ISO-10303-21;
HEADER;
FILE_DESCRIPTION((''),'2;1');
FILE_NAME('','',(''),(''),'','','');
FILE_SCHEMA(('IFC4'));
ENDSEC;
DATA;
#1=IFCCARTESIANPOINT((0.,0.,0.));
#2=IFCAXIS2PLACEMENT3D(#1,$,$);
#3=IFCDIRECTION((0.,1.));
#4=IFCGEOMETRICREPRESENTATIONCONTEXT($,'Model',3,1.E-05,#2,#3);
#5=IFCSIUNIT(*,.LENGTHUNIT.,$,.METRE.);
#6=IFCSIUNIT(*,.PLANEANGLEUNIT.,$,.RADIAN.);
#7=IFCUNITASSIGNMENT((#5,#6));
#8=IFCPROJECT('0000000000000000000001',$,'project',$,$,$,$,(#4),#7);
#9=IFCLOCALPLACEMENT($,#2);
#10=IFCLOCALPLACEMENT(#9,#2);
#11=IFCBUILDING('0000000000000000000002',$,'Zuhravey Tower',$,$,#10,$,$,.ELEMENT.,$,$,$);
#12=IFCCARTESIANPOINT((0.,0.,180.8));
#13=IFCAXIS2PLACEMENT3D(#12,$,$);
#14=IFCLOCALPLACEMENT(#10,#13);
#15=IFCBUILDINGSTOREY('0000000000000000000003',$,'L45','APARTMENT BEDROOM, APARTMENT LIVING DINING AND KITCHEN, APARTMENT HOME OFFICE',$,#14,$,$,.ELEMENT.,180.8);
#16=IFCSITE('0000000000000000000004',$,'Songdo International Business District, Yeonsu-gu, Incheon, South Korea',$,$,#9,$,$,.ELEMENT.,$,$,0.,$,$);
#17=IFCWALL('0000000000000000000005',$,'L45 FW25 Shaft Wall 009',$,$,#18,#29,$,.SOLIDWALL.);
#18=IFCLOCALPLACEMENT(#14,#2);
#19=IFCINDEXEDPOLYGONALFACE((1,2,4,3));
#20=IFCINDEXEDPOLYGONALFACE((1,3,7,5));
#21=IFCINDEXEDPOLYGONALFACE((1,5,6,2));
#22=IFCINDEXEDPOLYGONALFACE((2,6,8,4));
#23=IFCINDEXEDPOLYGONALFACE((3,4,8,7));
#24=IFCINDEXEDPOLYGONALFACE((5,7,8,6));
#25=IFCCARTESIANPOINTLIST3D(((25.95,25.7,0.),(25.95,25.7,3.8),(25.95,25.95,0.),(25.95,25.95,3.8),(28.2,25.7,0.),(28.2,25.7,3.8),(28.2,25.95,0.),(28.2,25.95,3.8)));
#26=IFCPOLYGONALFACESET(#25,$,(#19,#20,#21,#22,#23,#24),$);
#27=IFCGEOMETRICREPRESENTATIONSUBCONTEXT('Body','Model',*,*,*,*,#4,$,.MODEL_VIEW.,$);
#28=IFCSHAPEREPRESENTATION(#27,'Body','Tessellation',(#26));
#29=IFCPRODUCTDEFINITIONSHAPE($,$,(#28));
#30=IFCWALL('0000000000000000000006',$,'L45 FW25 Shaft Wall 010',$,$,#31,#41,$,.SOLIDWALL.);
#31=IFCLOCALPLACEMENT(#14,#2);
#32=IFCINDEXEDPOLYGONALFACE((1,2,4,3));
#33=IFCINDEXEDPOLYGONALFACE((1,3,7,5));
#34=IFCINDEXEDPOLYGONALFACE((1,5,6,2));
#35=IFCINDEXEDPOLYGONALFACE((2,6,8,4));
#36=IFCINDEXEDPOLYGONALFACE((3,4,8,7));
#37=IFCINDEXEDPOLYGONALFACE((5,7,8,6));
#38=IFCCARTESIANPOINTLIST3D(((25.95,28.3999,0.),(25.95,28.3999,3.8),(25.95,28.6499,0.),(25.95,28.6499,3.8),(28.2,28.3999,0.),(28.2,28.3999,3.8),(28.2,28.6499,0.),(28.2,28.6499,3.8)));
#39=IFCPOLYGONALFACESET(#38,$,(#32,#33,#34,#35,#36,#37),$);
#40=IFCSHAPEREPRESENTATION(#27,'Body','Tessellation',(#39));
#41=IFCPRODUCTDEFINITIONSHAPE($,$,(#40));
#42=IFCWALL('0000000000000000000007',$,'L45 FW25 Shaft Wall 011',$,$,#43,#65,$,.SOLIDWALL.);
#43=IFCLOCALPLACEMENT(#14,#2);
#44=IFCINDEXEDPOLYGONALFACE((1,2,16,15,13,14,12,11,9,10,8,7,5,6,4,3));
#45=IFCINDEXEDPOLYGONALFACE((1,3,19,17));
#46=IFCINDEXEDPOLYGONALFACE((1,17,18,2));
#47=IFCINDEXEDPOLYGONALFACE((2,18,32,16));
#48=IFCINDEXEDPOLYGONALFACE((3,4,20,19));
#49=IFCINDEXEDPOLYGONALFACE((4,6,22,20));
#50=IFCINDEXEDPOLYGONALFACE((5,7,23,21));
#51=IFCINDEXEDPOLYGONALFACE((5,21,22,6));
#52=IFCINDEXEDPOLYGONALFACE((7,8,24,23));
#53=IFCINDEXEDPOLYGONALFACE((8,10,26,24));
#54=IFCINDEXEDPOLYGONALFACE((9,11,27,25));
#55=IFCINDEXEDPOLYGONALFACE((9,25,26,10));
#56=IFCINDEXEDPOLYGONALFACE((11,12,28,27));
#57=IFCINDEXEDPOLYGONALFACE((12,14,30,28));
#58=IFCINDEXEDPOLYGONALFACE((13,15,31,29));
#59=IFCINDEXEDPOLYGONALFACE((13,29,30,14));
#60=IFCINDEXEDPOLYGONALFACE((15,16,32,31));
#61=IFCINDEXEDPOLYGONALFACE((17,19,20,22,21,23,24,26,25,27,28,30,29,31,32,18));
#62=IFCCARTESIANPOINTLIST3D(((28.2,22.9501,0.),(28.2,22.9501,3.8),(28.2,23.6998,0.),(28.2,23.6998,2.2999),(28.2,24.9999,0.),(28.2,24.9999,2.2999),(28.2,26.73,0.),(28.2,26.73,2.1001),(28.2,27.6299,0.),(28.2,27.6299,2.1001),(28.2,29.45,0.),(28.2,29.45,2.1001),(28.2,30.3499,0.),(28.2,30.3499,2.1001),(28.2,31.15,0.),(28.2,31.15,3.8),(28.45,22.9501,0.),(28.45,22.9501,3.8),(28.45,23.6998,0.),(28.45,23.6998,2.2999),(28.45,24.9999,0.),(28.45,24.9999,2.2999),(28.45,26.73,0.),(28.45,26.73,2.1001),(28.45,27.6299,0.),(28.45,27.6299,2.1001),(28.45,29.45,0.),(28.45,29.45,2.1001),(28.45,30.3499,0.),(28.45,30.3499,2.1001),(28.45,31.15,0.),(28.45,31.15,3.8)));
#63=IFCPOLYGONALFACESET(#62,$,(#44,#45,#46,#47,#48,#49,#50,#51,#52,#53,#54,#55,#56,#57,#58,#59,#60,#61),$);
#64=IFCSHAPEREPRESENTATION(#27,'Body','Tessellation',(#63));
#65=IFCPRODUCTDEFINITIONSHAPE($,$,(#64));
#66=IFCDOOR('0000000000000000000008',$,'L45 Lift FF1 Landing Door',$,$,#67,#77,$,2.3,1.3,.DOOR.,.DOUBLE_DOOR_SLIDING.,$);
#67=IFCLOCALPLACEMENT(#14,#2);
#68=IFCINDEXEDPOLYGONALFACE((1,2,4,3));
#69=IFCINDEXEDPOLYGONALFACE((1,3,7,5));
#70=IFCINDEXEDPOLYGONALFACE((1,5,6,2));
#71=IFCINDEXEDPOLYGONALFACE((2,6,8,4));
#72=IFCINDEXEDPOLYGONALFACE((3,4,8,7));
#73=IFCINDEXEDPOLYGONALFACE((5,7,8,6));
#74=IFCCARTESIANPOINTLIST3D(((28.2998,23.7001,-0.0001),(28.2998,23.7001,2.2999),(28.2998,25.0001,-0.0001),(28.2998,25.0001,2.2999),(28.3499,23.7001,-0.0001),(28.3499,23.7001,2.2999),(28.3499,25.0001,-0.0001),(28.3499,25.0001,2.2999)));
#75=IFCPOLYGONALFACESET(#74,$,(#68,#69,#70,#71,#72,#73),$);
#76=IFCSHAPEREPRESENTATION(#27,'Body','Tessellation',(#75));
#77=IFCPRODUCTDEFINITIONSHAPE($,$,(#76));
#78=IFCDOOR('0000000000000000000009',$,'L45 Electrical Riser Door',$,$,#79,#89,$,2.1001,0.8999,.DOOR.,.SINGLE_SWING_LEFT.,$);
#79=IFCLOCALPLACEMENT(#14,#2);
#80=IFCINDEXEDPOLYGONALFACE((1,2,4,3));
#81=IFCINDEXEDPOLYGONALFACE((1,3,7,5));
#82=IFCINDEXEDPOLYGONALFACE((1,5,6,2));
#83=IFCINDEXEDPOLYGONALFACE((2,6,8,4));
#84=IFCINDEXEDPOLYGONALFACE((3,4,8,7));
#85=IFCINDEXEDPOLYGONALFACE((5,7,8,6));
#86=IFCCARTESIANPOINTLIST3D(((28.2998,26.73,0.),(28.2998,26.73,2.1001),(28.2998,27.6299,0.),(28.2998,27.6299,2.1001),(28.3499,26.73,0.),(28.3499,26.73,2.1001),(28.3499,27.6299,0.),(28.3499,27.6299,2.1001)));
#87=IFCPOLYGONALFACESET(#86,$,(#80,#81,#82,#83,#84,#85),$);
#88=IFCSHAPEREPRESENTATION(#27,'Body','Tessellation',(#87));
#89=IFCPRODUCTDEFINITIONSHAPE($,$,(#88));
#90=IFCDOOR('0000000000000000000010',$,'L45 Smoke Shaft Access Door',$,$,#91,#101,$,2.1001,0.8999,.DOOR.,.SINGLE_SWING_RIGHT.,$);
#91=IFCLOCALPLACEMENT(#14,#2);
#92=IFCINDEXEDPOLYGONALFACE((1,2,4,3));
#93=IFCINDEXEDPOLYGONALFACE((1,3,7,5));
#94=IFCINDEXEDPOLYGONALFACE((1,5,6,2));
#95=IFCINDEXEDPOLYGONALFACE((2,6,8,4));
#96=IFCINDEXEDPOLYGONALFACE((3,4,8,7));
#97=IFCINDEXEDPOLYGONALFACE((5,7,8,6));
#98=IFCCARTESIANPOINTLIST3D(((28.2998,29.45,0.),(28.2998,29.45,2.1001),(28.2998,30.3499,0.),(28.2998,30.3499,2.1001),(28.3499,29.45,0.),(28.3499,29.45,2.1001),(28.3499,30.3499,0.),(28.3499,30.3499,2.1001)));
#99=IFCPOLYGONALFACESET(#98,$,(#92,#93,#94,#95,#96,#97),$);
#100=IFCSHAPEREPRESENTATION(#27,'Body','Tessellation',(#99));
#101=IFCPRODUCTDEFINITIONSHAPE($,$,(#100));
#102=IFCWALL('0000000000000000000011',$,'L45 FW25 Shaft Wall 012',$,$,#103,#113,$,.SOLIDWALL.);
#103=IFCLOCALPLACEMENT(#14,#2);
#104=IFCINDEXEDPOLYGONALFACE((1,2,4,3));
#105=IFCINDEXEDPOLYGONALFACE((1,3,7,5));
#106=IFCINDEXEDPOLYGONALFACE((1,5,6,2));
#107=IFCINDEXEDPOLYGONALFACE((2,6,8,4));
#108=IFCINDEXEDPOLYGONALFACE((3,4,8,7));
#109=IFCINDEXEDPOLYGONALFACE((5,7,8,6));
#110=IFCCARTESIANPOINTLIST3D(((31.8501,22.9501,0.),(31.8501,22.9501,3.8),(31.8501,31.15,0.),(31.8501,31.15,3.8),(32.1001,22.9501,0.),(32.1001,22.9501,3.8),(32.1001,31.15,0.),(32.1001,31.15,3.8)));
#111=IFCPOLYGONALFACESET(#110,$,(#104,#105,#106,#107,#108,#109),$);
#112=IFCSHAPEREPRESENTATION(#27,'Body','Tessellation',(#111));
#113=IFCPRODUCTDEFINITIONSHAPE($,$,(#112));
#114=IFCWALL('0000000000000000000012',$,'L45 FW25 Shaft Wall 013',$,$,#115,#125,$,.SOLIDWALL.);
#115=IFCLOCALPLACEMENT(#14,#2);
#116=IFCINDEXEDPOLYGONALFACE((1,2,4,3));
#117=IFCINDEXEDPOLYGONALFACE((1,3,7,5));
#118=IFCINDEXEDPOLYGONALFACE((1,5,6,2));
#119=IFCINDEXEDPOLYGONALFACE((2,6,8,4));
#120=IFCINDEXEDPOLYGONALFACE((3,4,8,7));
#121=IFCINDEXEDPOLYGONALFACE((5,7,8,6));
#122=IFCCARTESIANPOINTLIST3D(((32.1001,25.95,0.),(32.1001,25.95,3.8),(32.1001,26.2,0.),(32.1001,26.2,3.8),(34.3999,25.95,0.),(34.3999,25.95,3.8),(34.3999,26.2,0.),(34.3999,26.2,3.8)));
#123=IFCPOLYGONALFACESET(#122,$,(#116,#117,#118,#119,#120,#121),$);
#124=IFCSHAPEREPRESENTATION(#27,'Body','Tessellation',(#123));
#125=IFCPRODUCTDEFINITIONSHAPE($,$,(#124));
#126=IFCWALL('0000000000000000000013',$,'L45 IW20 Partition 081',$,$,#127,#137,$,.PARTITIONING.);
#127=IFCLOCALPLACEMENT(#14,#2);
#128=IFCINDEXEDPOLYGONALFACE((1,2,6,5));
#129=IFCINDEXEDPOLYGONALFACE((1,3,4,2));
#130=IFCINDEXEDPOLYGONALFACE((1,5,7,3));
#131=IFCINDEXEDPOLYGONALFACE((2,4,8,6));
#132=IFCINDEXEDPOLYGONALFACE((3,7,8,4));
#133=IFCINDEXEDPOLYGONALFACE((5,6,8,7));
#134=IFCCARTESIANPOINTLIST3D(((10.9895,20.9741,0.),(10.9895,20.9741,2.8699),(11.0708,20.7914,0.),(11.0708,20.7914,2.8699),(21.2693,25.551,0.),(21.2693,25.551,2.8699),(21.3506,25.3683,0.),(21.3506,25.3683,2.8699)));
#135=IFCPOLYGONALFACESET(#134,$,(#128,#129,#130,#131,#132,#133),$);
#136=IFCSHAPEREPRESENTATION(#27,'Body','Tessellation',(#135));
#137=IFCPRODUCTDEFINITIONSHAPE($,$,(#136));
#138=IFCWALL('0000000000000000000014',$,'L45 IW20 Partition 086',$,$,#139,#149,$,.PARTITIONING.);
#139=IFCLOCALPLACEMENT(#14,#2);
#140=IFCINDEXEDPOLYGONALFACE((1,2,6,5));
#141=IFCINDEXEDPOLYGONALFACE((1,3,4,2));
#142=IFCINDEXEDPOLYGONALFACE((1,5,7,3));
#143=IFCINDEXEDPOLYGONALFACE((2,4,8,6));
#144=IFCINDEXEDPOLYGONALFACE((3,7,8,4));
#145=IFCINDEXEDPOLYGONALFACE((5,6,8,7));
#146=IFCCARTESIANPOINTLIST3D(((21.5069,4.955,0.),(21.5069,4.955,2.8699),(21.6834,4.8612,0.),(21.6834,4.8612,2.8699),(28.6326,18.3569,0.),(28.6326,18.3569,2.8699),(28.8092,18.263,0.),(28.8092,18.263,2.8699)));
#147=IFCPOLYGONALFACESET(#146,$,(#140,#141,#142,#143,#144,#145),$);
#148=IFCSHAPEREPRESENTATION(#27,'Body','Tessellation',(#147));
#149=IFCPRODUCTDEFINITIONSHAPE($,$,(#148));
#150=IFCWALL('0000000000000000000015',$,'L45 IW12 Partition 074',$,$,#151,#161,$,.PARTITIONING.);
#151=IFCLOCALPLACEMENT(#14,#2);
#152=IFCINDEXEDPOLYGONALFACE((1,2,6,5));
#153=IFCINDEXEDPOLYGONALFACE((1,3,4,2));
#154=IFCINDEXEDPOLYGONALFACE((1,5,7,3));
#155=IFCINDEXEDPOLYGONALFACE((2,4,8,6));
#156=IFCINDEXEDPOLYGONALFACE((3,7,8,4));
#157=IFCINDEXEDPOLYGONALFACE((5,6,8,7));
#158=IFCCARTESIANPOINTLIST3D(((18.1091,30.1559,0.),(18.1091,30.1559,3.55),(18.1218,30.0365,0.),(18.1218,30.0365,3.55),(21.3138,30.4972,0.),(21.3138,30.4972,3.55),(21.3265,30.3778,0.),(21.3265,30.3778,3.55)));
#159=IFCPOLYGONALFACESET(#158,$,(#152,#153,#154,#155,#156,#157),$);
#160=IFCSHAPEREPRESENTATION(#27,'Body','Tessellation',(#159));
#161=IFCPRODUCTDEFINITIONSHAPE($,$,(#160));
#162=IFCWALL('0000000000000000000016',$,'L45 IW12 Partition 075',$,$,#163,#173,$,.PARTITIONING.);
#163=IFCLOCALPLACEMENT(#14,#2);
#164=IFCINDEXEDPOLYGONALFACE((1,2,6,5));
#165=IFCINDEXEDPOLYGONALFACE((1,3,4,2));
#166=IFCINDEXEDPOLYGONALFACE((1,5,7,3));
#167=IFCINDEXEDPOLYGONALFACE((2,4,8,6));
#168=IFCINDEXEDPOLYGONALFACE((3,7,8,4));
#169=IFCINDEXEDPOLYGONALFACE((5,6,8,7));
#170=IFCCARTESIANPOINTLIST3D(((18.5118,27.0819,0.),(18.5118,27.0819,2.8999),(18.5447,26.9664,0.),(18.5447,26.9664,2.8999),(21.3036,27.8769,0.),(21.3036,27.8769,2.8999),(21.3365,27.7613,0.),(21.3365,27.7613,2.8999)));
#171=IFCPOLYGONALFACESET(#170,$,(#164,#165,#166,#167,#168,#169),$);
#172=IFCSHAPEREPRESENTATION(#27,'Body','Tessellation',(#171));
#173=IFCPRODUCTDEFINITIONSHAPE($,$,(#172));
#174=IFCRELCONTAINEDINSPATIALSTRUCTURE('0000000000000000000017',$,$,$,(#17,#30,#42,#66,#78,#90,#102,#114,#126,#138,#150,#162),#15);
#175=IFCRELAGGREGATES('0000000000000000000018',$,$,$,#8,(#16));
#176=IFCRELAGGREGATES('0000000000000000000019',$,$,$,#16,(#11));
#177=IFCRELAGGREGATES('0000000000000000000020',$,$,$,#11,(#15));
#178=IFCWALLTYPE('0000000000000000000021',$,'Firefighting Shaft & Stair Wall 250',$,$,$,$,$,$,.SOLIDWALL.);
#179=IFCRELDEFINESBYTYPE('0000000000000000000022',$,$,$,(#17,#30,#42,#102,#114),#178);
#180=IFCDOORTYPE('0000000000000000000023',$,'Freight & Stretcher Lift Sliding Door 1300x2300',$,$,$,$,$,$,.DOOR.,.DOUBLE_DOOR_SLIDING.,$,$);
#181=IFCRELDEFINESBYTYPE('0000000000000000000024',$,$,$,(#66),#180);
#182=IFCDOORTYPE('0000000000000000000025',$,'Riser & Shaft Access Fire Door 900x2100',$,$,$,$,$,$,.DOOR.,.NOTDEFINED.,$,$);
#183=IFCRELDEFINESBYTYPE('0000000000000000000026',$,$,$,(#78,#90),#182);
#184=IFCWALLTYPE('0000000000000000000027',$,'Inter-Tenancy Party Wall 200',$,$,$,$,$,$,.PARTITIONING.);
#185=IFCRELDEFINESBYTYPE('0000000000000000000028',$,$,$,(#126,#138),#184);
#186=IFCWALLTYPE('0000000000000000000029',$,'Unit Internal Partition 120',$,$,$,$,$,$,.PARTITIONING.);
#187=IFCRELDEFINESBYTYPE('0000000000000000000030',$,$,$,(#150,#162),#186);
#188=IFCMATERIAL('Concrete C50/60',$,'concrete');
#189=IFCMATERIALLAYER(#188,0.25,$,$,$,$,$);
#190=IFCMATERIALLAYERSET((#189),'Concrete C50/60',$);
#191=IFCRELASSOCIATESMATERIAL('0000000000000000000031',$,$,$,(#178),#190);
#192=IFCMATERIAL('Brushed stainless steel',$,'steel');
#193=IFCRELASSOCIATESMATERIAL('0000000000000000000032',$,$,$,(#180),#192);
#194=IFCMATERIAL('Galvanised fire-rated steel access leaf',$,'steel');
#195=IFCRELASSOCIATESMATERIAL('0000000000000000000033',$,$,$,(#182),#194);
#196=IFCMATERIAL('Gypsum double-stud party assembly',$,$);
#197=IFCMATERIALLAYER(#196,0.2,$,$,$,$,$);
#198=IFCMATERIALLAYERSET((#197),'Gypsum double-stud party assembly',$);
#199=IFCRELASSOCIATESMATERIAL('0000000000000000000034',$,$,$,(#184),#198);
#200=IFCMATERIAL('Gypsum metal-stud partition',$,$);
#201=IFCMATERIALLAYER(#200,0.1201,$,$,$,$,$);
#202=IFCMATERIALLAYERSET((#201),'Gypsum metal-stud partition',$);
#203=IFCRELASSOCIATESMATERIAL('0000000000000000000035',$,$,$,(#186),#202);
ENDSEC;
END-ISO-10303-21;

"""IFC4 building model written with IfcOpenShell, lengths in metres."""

from ifc_helpers import new_model, si_unit, direction, frame, frame_2d, origin, place, context, subcontext, project, spatial, rectangle, extrude, material, layer, layer_set, type_object, element, fill, save


model = new_model("IFC4")

# Units and contexts
model_context = context("Model", 3, precision=1e-05, world=origin(), true_north=direction((0.0, 1.0)))
body_context = subcontext(model_context, "Body", "Model", "MODEL_VIEW")
ifc_project = project(units=[si_unit("LENGTHUNIT", "METRE"), si_unit("PLANEANGLEUNIT", "RADIAN")], contexts=[model_context])

# Site, building, storey
site_placement = place(None, origin())
site = spatial("IfcSite", under=ifc_project, at=site_placement, Name="Songdo International Business District, Yeonsu-gu, Incheon, South Korea", CompositionType="ELEMENT", RefElevation=0.0)
building_placement = place(site_placement, origin())
building = spatial("IfcBuilding", under=site, at=building_placement, Name="Zuhravey Tower", CompositionType="ELEMENT")
storey_placement = place(building_placement, frame((0.0, 0.0, 180.8)))
storey = spatial("IfcBuildingStorey", under=building, at=storey_placement, Name="L45", Description="APARTMENT BEDROOM, APARTMENT LIVING DINING AND KITCHEN, APARTMENT HOME OFFICE", CompositionType="ELEMENT", Elevation=180.8)

# Walls
ifc_material_1 = material(Name="Concrete C50/60", Category="concrete")
ifc_layer_1 = layer(ifc_material_1, 0.25)
ifc_layer_set_1 = layer_set([ifc_layer_1], Name="Concrete C50/60")
wall_type_1 = type_object("IfcWallType", Name="Firefighting Shaft & Stair Wall 250", PredefinedType="SOLIDWALL", material=ifc_layer_set_1)
for number, where, z_axis, x_axis, name in (
    (1, (25.95, 25.825, 0.0), (0.0, 0.0, 1.0), (1.0, 0.0, 0.0), "L45 FW25 Shaft Wall 009"),
    (2, (25.95, 28.5249, 0.0), (0.0, 0.0, 1.0), (1.0, 0.0, 0.0), "L45 FW25 Shaft Wall 010"),
):
    element("IfcWall", number, at=place(storey_placement, frame(where, z_axis=z_axis, x_axis=x_axis)), inside=storey, type_object=wall_type_1, Name=name, PredefinedType="SOLIDWALL", context=body_context, shape_type="SweptSolid", body=[
        extrude(rectangle(XDim=2.25, YDim=0.25, at=frame_2d((1.125, 0.0))), origin(), (0.0, 0.0, 1.0), 3.8),
    ])

# Wall, openings, doors
wall_1_placement = place(storey_placement, frame((28.325, 22.95, 0.0), z_axis=(0.0, 0.0, 1.0), x_axis=(0.0, 1.0, 0.0)))
wall_1 = element("IfcWall", 3, at=wall_1_placement, inside=storey, type_object=wall_type_1, Name="L45 FW25 Shaft Wall 011", PredefinedType="SOLIDWALL", context=body_context, shape_type="SweptSolid", body=[
    extrude(rectangle(XDim=8.2, YDim=0.25, at=frame_2d((4.1001, 0.0))), origin(), (0.0, 0.0, 1.0), 3.8),
])
opening_1_placement = place(wall_1_placement, frame((0.75, 0.0, 0.0)))
opening_1 = element("IfcOpeningElement", 4, at=opening_1_placement, cuts=wall_1, PredefinedType="OPENING", context=body_context, shape_type="SweptSolid", body=[
    extrude(rectangle(XDim=1.3, YDim=2.3, at=frame_2d((0.6499, 1.1499))), frame((0.0, 0.137, 0.0), z_axis=(0.0, -1.0, 0.0), x_axis=(1.0, 0.0, 0.0)), (0.0, 0.0, 1.0), 0.2739),
])
opening_2_placement = place(wall_1_placement, frame((3.78, 0.0, 0.0)))
opening_2 = element("IfcOpeningElement", 5, at=opening_2_placement, cuts=wall_1, PredefinedType="OPENING", context=body_context, shape_type="SweptSolid", body=[
    extrude(rectangle(XDim=0.8999, YDim=2.1001, at=frame_2d((0.45, 1.05))), frame((0.0, 0.137, 0.0), z_axis=(0.0, -1.0, 0.0), x_axis=(1.0, 0.0, 0.0)), (0.0, 0.0, 1.0), 0.2739),
])
opening_3_placement = place(wall_1_placement, frame((6.5, 0.0, 0.0)))
opening_3 = element("IfcOpeningElement", 6, at=opening_3_placement, cuts=wall_1, PredefinedType="OPENING", context=body_context, shape_type="SweptSolid", body=[
    extrude(rectangle(XDim=0.8999, YDim=2.1001, at=frame_2d((0.45, 1.05))), frame((0.0, 0.137, 0.0), z_axis=(0.0, -1.0, 0.0), x_axis=(1.0, 0.0, 0.0)), (0.0, 0.0, 1.0), 0.2739),
])
ifc_material_2 = material(Name="Brushed stainless steel", Category="steel")
door_type_1 = type_object("IfcDoorType", Name="Freight & Stretcher Lift Sliding Door 1300x2300", OperationType="DOUBLE_DOOR_SLIDING", PredefinedType="DOOR", material=ifc_material_2)
door_1_placement = place(opening_1_placement, frame((1.3, 0.0, 0.0), z_axis=(0.0, 0.0, 1.0), x_axis=(-1.0, 0.0, 0.0)))
door_1 = element("IfcDoor", 7, at=door_1_placement, inside=storey, type_object=door_type_1, Name="L45 Lift FF1 Landing Door", OperationType="DOUBLE_DOOR_SLIDING", OverallHeight=2.3, OverallWidth=1.3, PredefinedType="DOOR", context=body_context, shape_type="SweptSolid", body=[
    extrude(rectangle(XDim=1.3, YDim=2.3, at=frame_2d((0.6499, 1.1499))), frame((0.0, 0.0249, 0.0), z_axis=(0.0, -1.0, 0.0), x_axis=(1.0, 0.0, 0.0)), (0.0, 0.0, 1.0), 0.05),
])
fill(opening_1, door_1)
ifc_material_3 = material(Name="Galvanised fire-rated steel access leaf", Category="steel")
door_type_2 = type_object("IfcDoorType", Name="Riser & Shaft Access Fire Door 900x2100", OperationType="NOTDEFINED", PredefinedType="DOOR", material=ifc_material_3)
door_2_placement = place(opening_2_placement, frame((0.8999, 0.0, 0.0), z_axis=(0.0, 0.0, 1.0), x_axis=(-1.0, 0.0, 0.0)))
door_2 = element("IfcDoor", 8, at=door_2_placement, inside=storey, type_object=door_type_2, Name="L45 Electrical Riser Door", OperationType="SINGLE_SWING_LEFT", OverallHeight=2.1001, OverallWidth=0.8999, PredefinedType="DOOR", context=body_context, shape_type="SweptSolid", body=[
    extrude(rectangle(XDim=0.8999, YDim=2.1001, at=frame_2d((0.45, 1.05))), frame((0.0, 0.0249, 0.0), z_axis=(0.0, -1.0, 0.0), x_axis=(1.0, 0.0, 0.0)), (0.0, 0.0, 1.0), 0.05),
])
fill(opening_2, door_2)
door_3_placement = place(opening_3_placement, frame((0.8999, 0.0, 0.0), z_axis=(0.0, 0.0, 1.0), x_axis=(-1.0, 0.0, 0.0)))
door_3 = element("IfcDoor", 9, at=door_3_placement, inside=storey, type_object=door_type_2, Name="L45 Smoke Shaft Access Door", OperationType="SINGLE_SWING_RIGHT", OverallHeight=2.1001, OverallWidth=0.8999, PredefinedType="DOOR", context=body_context, shape_type="SweptSolid", body=[
    extrude(rectangle(XDim=0.8999, YDim=2.1001, at=frame_2d((0.45, 1.05))), frame((0.0, 0.0249, 0.0), z_axis=(0.0, -1.0, 0.0), x_axis=(1.0, 0.0, 0.0)), (0.0, 0.0, 1.0), 0.05),
])
fill(opening_3, door_3)

# Walls
wall_2_placement = place(storey_placement, frame((31.9751, 22.95, 0.0), z_axis=(0.0, 0.0, 1.0), x_axis=(0.0, 1.0, 0.0)))
element("IfcWall", 10, at=wall_2_placement, inside=storey, type_object=wall_type_1, Name="L45 FW25 Shaft Wall 012", PredefinedType="SOLIDWALL", context=body_context, shape_type="SweptSolid", body=[
    extrude(rectangle(XDim=8.2, YDim=0.25, at=frame_2d((4.1001, 0.0))), origin(), (0.0, 0.0, 1.0), 3.8),
])
wall_3_placement = place(storey_placement, frame((32.1001, 26.075, 0.0), z_axis=(0.0, 0.0, 1.0), x_axis=(1.0, 0.0, 0.0)))
element("IfcWall", 11, at=wall_3_placement, inside=storey, type_object=wall_type_1, Name="L45 FW25 Shaft Wall 013", PredefinedType="SOLIDWALL", context=body_context, shape_type="SweptSolid", body=[
    extrude(rectangle(XDim=2.2998, YDim=0.25, at=frame_2d((1.1499, 0.0))), origin(), (0.0, 0.0, 1.0), 3.8),
])
ifc_material_4 = material(Name="Gypsum double-stud party assembly")
ifc_layer_2 = layer(ifc_material_4, 0.2)
ifc_layer_set_2 = layer_set([ifc_layer_2], Name="Gypsum double-stud party assembly")
wall_type_2 = type_object("IfcWallType", Name="Inter-Tenancy Party Wall 200", PredefinedType="PARTITIONING", material=ifc_layer_set_2)
wall_4_placement = place(storey_placement, frame((21.3101, 25.4597, 0.0), z_axis=(0.0, 0.0, 1.0), x_axis=(-0.913544, -0.40674, 0.0)))
element("IfcWall", 12, at=wall_4_placement, inside=storey, type_object=wall_type_2, Name="L45 IW20 Partition 081", PredefinedType="PARTITIONING", context=body_context, shape_type="SweptSolid", body=[
    extrude(rectangle(XDim=11.2527, YDim=0.2, at=frame_2d((5.6265, 0.0))), origin(), (0.0, 0.0, 1.0), 2.8699),
])
wall_5_placement = place(storey_placement, frame((28.7209, 18.3101, 0.0), z_axis=(0.0, 0.0, 1.0), x_axis=(-0.469463, -0.882952, 0.0)))
element("IfcWall", 13, at=wall_5_placement, inside=storey, type_object=wall_type_2, Name="L45 IW20 Partition 086", PredefinedType="PARTITIONING", context=body_context, shape_type="SweptSolid", body=[
    extrude(rectangle(XDim=15.1785, YDim=0.2, at=frame_2d((7.5894, 0.0))), origin(), (0.0, 0.0, 1.0), 2.8699),
])
ifc_material_5 = material(Name="Gypsum metal-stud partition")
ifc_layer_3 = layer(ifc_material_5, 0.1201)
ifc_layer_set_3 = layer_set([ifc_layer_3], Name="Gypsum metal-stud partition")
wall_type_3 = type_object("IfcWallType", Name="Unit Internal Partition 120", PredefinedType="PARTITIONING", material=ifc_layer_set_3)
wall_6_placement = place(storey_placement, frame((21.3201, 30.4375, 0.0), z_axis=(0.0, 0.0, 1.0), x_axis=(-0.994377, -0.105899, 0.0)))
element("IfcWall", 14, at=wall_6_placement, inside=storey, type_object=wall_type_3, Name="L45 IW12 Partition 074", PredefinedType="PARTITIONING", context=body_context, shape_type="SweptSolid", body=[
    extrude(rectangle(XDim=3.2229, YDim=0.1201, at=frame_2d((1.6113, 0.0))), origin(), (0.0, 0.0, 1.0), 3.55),
])
wall_7_placement = place(storey_placement, frame((21.3201, 27.8191, 0.0), z_axis=(0.0, 0.0, 1.0), x_axis=(-0.961771, -0.273855, 0.0)))
element("IfcWall", 15, at=wall_7_placement, inside=storey, type_object=wall_type_3, Name="L45 IW12 Partition 075", PredefinedType="PARTITIONING", context=body_context, shape_type="SweptSolid", body=[
    extrude(rectangle(XDim=2.9028, YDim=0.1201, at=frame_2d((1.4514, 0.0))), origin(), (0.0, 0.0, 1.0), 2.8999),
])

save(model, "model.ifc")
